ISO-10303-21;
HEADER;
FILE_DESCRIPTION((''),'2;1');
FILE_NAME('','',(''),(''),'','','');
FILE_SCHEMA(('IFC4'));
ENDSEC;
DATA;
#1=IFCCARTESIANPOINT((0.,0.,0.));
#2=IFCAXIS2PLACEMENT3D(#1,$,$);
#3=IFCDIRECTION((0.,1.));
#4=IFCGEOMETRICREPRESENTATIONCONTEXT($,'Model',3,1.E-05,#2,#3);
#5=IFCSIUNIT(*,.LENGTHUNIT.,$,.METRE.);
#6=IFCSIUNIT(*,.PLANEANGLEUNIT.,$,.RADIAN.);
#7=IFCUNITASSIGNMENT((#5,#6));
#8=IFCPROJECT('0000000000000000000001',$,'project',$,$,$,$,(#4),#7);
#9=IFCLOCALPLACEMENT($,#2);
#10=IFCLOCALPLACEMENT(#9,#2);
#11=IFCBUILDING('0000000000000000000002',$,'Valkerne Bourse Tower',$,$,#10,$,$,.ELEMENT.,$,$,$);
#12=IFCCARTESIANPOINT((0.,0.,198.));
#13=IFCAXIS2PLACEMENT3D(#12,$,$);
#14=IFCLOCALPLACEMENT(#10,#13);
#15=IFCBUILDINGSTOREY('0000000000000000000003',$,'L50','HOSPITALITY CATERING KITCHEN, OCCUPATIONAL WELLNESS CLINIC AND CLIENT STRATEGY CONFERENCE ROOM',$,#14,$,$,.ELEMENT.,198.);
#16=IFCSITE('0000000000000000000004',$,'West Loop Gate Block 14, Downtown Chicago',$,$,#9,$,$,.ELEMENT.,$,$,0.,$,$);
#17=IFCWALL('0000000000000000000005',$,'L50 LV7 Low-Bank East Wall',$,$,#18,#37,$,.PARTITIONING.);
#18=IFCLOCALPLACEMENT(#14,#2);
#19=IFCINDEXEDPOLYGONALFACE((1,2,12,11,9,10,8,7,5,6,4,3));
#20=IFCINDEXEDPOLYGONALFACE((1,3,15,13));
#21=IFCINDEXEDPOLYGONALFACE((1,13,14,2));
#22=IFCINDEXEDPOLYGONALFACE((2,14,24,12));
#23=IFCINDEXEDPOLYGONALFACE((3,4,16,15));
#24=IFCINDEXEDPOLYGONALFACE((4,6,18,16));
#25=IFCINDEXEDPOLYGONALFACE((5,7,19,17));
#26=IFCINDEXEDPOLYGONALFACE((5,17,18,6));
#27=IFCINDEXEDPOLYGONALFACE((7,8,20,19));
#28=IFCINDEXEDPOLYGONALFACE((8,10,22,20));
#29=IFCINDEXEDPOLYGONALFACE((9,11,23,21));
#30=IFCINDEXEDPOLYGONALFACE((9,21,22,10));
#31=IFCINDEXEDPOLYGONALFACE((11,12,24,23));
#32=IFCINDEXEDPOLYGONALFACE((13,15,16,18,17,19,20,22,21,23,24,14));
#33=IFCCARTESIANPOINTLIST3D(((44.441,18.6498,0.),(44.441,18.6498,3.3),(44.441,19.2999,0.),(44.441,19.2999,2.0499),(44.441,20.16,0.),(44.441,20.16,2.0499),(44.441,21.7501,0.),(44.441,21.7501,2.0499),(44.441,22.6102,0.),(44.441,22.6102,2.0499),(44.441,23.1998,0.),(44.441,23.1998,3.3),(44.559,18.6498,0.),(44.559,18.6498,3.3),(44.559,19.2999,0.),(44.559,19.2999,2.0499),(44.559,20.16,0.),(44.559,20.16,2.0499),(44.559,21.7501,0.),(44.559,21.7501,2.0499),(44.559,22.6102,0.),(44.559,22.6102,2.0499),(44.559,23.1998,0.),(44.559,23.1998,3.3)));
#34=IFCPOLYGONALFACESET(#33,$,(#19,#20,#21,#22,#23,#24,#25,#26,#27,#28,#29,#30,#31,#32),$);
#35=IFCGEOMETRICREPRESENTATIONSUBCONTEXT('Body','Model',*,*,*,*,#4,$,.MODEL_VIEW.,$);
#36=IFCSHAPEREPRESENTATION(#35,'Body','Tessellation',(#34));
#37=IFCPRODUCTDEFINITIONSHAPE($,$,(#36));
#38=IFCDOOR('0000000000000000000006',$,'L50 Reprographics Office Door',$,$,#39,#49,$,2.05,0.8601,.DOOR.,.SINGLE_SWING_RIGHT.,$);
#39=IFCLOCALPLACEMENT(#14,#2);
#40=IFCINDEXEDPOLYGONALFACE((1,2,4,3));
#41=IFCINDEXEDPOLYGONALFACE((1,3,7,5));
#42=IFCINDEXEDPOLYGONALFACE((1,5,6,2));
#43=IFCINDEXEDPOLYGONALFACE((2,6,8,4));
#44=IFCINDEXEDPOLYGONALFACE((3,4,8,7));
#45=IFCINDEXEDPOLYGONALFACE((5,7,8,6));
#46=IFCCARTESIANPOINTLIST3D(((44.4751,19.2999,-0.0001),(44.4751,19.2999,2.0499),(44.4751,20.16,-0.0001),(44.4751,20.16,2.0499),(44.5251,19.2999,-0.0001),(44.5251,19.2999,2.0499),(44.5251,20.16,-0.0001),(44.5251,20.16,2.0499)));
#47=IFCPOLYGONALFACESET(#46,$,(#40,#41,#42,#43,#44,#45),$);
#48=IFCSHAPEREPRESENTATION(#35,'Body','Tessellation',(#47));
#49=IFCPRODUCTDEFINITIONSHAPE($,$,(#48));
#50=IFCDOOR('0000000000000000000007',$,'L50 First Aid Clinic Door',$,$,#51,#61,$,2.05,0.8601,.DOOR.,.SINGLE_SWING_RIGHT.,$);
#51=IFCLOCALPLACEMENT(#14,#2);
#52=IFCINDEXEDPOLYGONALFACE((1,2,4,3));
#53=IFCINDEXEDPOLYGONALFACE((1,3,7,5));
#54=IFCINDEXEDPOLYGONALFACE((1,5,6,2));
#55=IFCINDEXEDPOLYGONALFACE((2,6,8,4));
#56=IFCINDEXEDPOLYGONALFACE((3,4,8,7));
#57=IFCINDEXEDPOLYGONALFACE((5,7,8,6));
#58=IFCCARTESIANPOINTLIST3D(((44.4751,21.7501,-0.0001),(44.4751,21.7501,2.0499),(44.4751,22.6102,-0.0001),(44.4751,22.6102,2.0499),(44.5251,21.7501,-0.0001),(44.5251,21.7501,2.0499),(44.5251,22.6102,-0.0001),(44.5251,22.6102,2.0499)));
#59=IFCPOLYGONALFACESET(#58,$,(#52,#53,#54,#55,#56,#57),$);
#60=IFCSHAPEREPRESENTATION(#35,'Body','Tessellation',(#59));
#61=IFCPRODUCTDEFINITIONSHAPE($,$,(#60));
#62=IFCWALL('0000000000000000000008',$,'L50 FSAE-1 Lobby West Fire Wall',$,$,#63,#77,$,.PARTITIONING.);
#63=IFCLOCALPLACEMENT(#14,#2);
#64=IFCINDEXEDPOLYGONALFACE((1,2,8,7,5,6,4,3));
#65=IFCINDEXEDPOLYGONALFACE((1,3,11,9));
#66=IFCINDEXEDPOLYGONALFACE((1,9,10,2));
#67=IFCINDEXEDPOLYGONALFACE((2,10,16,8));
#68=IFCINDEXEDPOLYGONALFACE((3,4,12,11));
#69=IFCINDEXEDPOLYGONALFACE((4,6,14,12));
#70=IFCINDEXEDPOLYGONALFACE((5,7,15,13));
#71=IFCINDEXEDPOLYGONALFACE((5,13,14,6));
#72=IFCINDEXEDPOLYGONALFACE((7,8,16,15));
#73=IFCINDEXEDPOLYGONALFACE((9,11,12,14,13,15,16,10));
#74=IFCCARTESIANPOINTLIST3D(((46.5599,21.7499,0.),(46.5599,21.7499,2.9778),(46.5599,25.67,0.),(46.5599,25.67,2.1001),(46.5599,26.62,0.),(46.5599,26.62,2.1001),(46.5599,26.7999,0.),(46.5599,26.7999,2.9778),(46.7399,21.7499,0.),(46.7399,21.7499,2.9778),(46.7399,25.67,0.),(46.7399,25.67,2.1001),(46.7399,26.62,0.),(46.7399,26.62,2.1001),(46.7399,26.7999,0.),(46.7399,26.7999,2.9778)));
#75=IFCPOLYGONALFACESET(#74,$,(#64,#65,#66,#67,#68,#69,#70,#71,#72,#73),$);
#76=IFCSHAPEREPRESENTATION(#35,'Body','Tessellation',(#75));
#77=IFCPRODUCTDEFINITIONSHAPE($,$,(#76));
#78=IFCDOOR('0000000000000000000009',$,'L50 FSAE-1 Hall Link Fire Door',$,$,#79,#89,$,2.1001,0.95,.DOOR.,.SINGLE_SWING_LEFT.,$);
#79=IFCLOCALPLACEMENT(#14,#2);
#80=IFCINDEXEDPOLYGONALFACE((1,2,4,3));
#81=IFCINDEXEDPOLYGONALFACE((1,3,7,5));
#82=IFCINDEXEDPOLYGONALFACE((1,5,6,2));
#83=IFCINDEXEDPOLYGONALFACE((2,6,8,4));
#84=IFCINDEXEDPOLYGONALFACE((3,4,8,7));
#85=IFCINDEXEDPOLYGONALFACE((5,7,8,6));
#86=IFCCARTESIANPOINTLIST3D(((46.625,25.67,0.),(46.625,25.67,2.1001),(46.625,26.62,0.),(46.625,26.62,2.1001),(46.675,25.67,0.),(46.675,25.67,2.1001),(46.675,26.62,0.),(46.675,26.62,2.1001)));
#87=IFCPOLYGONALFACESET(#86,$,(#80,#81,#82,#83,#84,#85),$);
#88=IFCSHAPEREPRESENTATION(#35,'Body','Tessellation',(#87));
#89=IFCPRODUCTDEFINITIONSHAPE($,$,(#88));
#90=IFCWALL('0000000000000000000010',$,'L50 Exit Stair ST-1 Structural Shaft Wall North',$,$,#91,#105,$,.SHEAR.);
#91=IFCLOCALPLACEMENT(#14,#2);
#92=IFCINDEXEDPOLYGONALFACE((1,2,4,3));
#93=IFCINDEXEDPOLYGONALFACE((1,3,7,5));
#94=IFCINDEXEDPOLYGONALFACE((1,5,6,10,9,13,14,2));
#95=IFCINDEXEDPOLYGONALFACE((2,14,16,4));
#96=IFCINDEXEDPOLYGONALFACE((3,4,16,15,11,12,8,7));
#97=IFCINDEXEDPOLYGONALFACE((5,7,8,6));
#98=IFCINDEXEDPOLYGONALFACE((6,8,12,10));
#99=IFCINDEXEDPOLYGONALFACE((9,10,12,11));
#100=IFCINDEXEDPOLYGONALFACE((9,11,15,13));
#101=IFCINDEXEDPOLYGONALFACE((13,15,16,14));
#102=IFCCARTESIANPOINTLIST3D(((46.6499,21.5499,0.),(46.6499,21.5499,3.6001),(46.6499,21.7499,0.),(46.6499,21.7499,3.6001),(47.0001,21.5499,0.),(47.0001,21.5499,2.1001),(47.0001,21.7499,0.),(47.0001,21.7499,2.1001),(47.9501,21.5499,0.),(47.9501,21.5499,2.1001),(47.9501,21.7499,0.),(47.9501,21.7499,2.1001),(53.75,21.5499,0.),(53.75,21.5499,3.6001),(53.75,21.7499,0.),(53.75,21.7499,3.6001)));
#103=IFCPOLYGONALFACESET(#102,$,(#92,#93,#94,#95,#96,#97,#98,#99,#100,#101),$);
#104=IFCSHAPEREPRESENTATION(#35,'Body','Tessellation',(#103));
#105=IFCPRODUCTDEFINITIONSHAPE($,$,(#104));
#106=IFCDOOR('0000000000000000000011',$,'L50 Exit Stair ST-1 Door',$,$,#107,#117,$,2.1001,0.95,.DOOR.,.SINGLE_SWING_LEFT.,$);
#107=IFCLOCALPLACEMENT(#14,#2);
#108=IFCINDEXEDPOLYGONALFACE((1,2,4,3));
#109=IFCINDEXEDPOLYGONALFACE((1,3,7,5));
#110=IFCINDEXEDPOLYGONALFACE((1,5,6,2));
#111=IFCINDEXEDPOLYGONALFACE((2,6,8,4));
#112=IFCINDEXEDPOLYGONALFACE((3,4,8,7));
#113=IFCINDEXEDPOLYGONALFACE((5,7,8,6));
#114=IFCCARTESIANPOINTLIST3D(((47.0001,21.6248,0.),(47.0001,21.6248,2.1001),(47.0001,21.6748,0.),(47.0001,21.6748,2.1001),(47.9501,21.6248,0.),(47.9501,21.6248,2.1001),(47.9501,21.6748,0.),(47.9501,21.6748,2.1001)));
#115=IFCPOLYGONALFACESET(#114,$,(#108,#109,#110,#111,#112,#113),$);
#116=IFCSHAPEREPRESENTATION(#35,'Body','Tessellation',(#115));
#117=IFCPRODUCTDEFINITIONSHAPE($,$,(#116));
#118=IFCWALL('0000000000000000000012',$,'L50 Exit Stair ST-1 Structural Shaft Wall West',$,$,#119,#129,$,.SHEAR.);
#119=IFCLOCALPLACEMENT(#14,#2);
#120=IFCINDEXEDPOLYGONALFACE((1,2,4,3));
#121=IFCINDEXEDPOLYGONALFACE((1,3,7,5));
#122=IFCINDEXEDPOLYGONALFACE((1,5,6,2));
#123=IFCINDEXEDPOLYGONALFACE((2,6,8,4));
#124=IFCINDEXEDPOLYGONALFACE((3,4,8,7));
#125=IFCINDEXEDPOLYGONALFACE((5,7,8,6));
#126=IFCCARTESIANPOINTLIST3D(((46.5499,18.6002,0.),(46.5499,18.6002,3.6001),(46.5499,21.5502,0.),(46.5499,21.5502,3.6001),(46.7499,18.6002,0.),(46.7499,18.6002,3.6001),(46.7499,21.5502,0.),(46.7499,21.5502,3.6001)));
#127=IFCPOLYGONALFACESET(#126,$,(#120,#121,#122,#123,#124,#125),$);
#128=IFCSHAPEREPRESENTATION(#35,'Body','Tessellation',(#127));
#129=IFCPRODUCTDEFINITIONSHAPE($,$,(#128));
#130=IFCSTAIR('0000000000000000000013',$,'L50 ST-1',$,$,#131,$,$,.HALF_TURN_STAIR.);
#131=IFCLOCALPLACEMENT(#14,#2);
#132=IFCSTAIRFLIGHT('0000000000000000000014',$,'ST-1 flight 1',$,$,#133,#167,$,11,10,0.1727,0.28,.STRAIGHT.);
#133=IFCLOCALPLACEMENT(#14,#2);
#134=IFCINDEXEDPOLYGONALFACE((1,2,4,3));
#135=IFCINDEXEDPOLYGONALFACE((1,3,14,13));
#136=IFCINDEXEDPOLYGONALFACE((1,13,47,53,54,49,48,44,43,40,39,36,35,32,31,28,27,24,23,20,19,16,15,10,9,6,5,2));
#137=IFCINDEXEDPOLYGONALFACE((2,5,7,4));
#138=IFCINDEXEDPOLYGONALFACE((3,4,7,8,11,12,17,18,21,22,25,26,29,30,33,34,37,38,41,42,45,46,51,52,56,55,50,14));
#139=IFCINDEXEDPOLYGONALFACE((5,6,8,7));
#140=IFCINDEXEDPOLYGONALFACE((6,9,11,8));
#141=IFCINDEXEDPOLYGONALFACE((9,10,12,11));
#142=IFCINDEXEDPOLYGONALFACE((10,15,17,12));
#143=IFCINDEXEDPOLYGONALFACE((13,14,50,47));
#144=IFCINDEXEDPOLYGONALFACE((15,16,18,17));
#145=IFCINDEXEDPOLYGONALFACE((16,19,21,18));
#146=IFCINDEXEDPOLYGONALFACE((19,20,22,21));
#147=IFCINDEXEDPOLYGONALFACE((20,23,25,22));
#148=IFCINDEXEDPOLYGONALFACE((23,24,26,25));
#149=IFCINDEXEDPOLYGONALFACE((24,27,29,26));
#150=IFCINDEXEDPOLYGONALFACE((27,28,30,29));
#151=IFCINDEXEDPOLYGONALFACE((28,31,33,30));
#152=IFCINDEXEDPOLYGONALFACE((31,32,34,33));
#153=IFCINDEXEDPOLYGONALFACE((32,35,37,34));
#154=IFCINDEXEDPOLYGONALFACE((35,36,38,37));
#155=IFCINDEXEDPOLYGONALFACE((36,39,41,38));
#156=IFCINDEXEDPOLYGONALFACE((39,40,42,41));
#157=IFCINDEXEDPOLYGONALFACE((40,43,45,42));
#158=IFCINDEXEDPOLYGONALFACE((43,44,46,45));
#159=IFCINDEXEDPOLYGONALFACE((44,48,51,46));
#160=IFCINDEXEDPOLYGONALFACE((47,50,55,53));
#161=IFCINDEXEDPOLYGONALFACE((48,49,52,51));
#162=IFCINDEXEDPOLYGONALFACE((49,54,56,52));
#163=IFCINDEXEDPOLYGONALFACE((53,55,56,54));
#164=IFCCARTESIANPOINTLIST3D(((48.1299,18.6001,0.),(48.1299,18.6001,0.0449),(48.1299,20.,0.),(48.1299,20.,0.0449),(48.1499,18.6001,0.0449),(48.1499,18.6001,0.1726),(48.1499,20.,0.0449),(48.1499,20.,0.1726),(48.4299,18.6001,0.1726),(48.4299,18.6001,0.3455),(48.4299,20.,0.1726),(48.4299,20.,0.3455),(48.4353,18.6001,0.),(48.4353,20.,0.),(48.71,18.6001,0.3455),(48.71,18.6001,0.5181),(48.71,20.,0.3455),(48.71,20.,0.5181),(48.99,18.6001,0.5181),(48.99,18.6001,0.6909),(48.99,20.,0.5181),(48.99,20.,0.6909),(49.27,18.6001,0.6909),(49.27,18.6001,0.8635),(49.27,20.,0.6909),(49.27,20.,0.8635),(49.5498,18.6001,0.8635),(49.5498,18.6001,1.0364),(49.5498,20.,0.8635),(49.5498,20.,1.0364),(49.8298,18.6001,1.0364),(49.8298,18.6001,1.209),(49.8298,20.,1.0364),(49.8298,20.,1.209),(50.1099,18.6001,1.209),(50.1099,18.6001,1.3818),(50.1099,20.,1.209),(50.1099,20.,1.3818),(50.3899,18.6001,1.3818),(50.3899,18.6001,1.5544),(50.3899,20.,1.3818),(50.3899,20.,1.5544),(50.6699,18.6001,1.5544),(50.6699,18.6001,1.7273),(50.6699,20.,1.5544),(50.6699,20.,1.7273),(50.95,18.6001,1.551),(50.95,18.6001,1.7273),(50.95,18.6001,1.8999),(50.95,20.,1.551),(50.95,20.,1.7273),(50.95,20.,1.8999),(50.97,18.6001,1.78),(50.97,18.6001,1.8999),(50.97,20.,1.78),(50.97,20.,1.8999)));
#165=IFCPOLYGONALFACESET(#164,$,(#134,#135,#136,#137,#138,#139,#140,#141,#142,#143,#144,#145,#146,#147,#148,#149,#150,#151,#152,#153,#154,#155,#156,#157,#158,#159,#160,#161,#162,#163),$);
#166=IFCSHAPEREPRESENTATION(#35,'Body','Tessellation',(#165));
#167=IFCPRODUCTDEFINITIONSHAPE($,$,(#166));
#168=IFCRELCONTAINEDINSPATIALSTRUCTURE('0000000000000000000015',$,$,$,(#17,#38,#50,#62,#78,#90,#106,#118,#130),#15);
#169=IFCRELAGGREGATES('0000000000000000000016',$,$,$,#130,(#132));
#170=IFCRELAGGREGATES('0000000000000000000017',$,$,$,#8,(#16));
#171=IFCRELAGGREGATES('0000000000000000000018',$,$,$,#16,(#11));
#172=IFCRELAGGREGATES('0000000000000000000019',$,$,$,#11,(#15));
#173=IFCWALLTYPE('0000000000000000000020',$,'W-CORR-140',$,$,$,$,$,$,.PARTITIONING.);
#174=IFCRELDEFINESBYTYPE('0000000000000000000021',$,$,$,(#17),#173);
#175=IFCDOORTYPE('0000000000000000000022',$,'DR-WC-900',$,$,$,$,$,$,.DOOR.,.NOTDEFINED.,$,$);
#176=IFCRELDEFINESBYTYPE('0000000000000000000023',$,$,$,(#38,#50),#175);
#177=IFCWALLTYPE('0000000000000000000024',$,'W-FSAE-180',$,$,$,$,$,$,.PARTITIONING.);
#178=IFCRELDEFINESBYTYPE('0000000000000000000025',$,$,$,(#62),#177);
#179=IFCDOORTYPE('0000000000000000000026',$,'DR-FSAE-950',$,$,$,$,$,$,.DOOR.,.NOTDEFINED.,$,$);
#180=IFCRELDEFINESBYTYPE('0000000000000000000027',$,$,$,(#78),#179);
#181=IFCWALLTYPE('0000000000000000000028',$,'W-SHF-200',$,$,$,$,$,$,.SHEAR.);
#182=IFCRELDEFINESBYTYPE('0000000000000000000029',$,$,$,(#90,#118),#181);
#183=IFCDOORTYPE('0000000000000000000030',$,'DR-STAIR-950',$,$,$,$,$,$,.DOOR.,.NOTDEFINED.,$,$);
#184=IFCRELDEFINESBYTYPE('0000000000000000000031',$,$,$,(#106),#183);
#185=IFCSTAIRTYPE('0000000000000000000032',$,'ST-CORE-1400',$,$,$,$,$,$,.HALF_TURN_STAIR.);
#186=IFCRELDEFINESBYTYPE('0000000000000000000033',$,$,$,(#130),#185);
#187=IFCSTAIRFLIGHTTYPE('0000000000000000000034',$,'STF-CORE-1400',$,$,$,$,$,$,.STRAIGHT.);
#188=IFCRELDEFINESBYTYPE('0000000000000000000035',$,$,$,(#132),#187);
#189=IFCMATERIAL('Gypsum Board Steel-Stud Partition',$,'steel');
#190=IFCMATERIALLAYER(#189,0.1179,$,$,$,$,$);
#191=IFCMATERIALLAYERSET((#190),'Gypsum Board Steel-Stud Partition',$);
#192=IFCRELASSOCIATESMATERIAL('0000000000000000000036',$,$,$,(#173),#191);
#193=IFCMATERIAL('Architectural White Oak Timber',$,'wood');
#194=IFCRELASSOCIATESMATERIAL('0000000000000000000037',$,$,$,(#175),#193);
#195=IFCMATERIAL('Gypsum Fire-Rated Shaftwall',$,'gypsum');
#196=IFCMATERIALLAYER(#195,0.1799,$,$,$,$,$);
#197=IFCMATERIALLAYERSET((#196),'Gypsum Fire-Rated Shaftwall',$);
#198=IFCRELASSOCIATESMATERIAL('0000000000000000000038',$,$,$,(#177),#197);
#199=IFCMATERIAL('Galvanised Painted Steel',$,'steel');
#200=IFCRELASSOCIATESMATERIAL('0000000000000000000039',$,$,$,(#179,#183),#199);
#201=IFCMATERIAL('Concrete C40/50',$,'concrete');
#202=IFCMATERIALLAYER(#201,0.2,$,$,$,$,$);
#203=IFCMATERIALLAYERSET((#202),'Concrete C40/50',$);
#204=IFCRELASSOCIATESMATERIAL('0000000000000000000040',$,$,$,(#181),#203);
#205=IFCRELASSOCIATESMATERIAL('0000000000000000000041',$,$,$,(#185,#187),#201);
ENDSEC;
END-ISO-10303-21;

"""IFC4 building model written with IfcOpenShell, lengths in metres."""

from ifc_helpers import new_model, si_unit, direction, frame, frame_2d, origin, place, context, subcontext, project, spatial, polyline, rectangle, outline, extrude, material, layer, layer_set, type_object, element, fill, aggregate, save


model = new_model("IFC4")

# Units and contexts
model_context = context("Model", 3, precision=1e-05, world=origin(), true_north=direction((0.0, 1.0)))
body_context = subcontext(model_context, "Body", "Model", "MODEL_VIEW")
ifc_project = project(units=[si_unit("LENGTHUNIT", "METRE"), si_unit("PLANEANGLEUNIT", "RADIAN")], contexts=[model_context])

# Site, building, storey
site_placement = place(None, origin())
site = spatial("IfcSite", under=ifc_project, at=site_placement, Name="West Loop Gate Block 14, Downtown Chicago", CompositionType="ELEMENT", RefElevation=0.0)
building_placement = place(site_placement, origin())
building = spatial("IfcBuilding", under=site, at=building_placement, Name="Valkerne Bourse Tower", CompositionType="ELEMENT")
storey_placement = place(building_placement, frame((0.0, 0.0, 198.0)))
storey = spatial("IfcBuildingStorey", under=building, at=storey_placement, Name="L50", Description="HOSPITALITY CATERING KITCHEN, OCCUPATIONAL WELLNESS CLINIC AND CLIENT STRATEGY CONFERENCE ROOM", CompositionType="ELEMENT", Elevation=198.0)

# Wall, openings, doors
ifc_material_1 = material(Name="Gypsum Board Steel-Stud Partition", Category="steel")
ifc_layer_1 = layer(ifc_material_1, 0.1179)
ifc_layer_set_1 = layer_set([ifc_layer_1], Name="Gypsum Board Steel-Stud Partition")
wall_type_1 = type_object("IfcWallType", Name="W-CORR-140", PredefinedType="PARTITIONING", material=ifc_layer_set_1)
wall_1_placement = place(storey_placement, frame((44.5, 18.6499, 0.0), z_axis=(0.0, 0.0, 1.0), x_axis=(0.0, 1.0, 0.0)))
wall_1 = element("IfcWall", 1, at=wall_1_placement, inside=storey, type_object=wall_type_1, Name="L50 LV7 Low-Bank East Wall", PredefinedType="PARTITIONING", context=body_context, shape_type="SweptSolid", body=[
    extrude(rectangle(XDim=4.55, YDim=0.1179, at=frame_2d((2.2749, 0.0))), origin(), (0.0, 0.0, 1.0), 3.3),
])
opening_1_placement = place(wall_1_placement, frame((0.6499, 0.0, 0.0)))
opening_1 = element("IfcOpeningElement", 2, at=opening_1_placement, cuts=wall_1, PredefinedType="OPENING", context=body_context, shape_type="SweptSolid", body=[
    extrude(rectangle(XDim=0.8601, YDim=2.05, at=frame_2d((0.4302, 1.0249))), frame((0.0, 0.0688, 0.0), z_axis=(0.0, -1.0, 0.0), x_axis=(1.0, 0.0, 0.0)), (0.0, 0.0, 1.0), 0.1379),
])
opening_2_placement = place(wall_1_placement, frame((3.1001, 0.0, 0.0)))
opening_2 = element("IfcOpeningElement", 3, at=opening_2_placement, cuts=wall_1, PredefinedType="OPENING", context=body_context, shape_type="SweptSolid", body=[
    extrude(rectangle(XDim=0.8601, YDim=2.05, at=frame_2d((0.4302, 1.0249))), frame((0.0, 0.0688, 0.0), z_axis=(0.0, -1.0, 0.0), x_axis=(1.0, 0.0, 0.0)), (0.0, 0.0, 1.0), 0.1379),
])
ifc_material_2 = material(Name="Architectural White Oak Timber", Category="wood")
door_type_1 = type_object("IfcDoorType", Name="DR-WC-900", OperationType="NOTDEFINED", PredefinedType="DOOR", material=ifc_material_2)
door_1_placement = place(opening_1_placement, origin())
door_1 = element("IfcDoor", 4, at=door_1_placement, inside=storey, type_object=door_type_1, Name="L50 Reprographics Office Door", OperationType="SINGLE_SWING_RIGHT", OverallHeight=2.05, OverallWidth=0.8601, PredefinedType="DOOR", context=body_context, shape_type="SweptSolid", body=[
    extrude(rectangle(XDim=0.8601, YDim=2.05, at=frame_2d((0.4302, 1.0249))), frame((0.0, 0.0249, 0.0), z_axis=(0.0, -1.0, 0.0), x_axis=(1.0, 0.0, 0.0)), (0.0, 0.0, 1.0), 0.05),
])
fill(opening_1, door_1)
door_2_placement = place(opening_2_placement, origin())
door_2 = element("IfcDoor", 5, at=door_2_placement, inside=storey, type_object=door_type_1, Name="L50 First Aid Clinic Door", OperationType="SINGLE_SWING_RIGHT", OverallHeight=2.05, OverallWidth=0.8601, PredefinedType="DOOR", context=body_context, shape_type="SweptSolid", body=[
    extrude(rectangle(XDim=0.8601, YDim=2.05, at=frame_2d((0.4302, 1.0249))), frame((0.0, 0.0249, 0.0), z_axis=(0.0, -1.0, 0.0), x_axis=(1.0, 0.0, 0.0)), (0.0, 0.0, 1.0), 0.05),
])
fill(opening_2, door_2)

# Wall, opening, door
ifc_material_3 = material(Name="Gypsum Fire-Rated Shaftwall", Category="gypsum")
ifc_layer_2 = layer(ifc_material_3, 0.1799)
ifc_layer_set_2 = layer_set([ifc_layer_2], Name="Gypsum Fire-Rated Shaftwall")
wall_type_2 = type_object("IfcWallType", Name="W-FSAE-180", PredefinedType="PARTITIONING", material=ifc_layer_set_2)
wall_2_placement = place(storey_placement, frame((46.6499, 21.75, 0.0), z_axis=(0.0, 0.0, 1.0), x_axis=(0.0, 1.0, 0.0)))
wall_2 = element("IfcWall", 6, at=wall_2_placement, inside=storey, type_object=wall_type_2, Name="L50 FSAE-1 Lobby West Fire Wall", PredefinedType="PARTITIONING", context=body_context, shape_type="SweptSolid", body=[
    extrude(rectangle(XDim=5.05, YDim=0.1799, at=frame_2d((2.5249, 0.0))), origin(), (0.0, 0.0, 1.0), 2.9778),
])
opening_3_placement = place(wall_2_placement, frame((3.9199, 0.0, 0.0)))
opening_3 = element("IfcOpeningElement", 7, at=opening_3_placement, cuts=wall_2, PredefinedType="OPENING", context=body_context, shape_type="SweptSolid", body=[
    extrude(rectangle(XDim=0.95, YDim=2.1001, at=frame_2d((0.4751, 1.05))), frame((0.0, 0.0999, 0.0), z_axis=(0.0, -1.0, 0.0), x_axis=(1.0, 0.0, 0.0)), (0.0, 0.0, 1.0), 0.2),
])
ifc_material_4 = material(Name="Galvanised Painted Steel", Category="steel")
door_type_2 = type_object("IfcDoorType", Name="DR-FSAE-950", OperationType="NOTDEFINED", PredefinedType="DOOR", material=ifc_material_4)
door_3_placement = place(opening_3_placement, origin())
door_3 = element("IfcDoor", 8, at=door_3_placement, inside=storey, type_object=door_type_2, Name="L50 FSAE-1 Hall Link Fire Door", OperationType="SINGLE_SWING_LEFT", OverallHeight=2.1001, OverallWidth=0.95, PredefinedType="DOOR", context=body_context, shape_type="SweptSolid", body=[
    extrude(rectangle(XDim=0.95, YDim=2.1001, at=frame_2d((0.4751, 1.05))), frame((0.0, 0.0249, 0.0), z_axis=(0.0, -1.0, 0.0), x_axis=(1.0, 0.0, 0.0)), (0.0, 0.0, 1.0), 0.05),
])
fill(opening_3, door_3)

# Wall, opening, door
ifc_material_5 = material(Name="Concrete C40/50", Category="concrete")
ifc_layer_3 = layer(ifc_material_5, 0.2)
ifc_layer_set_3 = layer_set([ifc_layer_3], Name="Concrete C40/50")
wall_type_3 = type_object("IfcWallType", Name="W-SHF-200", PredefinedType="SHEAR", material=ifc_layer_set_3)
wall_3_placement = place(storey_placement, frame((46.6499, 21.6499, 0.0), z_axis=(0.0, 0.0, 1.0), x_axis=(1.0, 0.0, 0.0)))
wall_3 = element("IfcWall", 9, at=wall_3_placement, inside=storey, type_object=wall_type_3, Name="L50 Exit Stair ST-1 Structural Shaft Wall North", PredefinedType="SHEAR", context=body_context, shape_type="SweptSolid", body=[
    extrude(rectangle(XDim=7.1001, YDim=0.2, at=frame_2d((3.55, 0.0))), origin(), (0.0, 0.0, 1.0), 3.6001),
])
opening_4_placement = place(wall_3_placement, frame((0.3501, 0.0, 0.0)))
opening_4 = element("IfcOpeningElement", 10, at=opening_4_placement, cuts=wall_3, PredefinedType="OPENING", context=body_context, shape_type="SweptSolid", body=[
    extrude(rectangle(XDim=0.95, YDim=2.1001, at=frame_2d((0.4751, 1.05))), frame((0.0, 0.1099, 0.0), z_axis=(0.0, -1.0, 0.0), x_axis=(1.0, 0.0, 0.0)), (0.0, 0.0, 1.0), 0.22),
])
door_type_3 = type_object("IfcDoorType", Name="DR-STAIR-950", OperationType="NOTDEFINED", PredefinedType="DOOR", material=ifc_material_4)
door_4_placement = place(opening_4_placement, origin())
door_4 = element("IfcDoor", 11, at=door_4_placement, inside=storey, type_object=door_type_3, Name="L50 Exit Stair ST-1 Door", OperationType="SINGLE_SWING_LEFT", OverallHeight=2.1001, OverallWidth=0.95, PredefinedType="DOOR", context=body_context, shape_type="SweptSolid", body=[
    extrude(rectangle(XDim=0.95, YDim=2.1001, at=frame_2d((0.4751, 1.05))), frame((0.0, 0.0249, 0.0), z_axis=(0.0, -1.0, 0.0), x_axis=(1.0, 0.0, 0.0)), (0.0, 0.0, 1.0), 0.05),
])
fill(opening_4, door_4)

# Wall
wall_4_placement = place(storey_placement, frame((46.6499, 18.6001, 0.0), z_axis=(0.0, 0.0, 1.0), x_axis=(0.0, 1.0, 0.0)))
element("IfcWall", 12, at=wall_4_placement, inside=storey, type_object=wall_type_3, Name="L50 Exit Stair ST-1 Structural Shaft Wall West", PredefinedType="SHEAR", context=body_context, shape_type="SweptSolid", body=[
    extrude(rectangle(XDim=2.95, YDim=0.2, at=frame_2d((1.4751, 0.0))), origin(), (0.0, 0.0, 1.0), 3.6001),
])

# Stair, stair flight
stair_type = type_object("IfcStairType", Name="ST-CORE-1400", PredefinedType="HALF_TURN_STAIR", material=ifc_material_5)
stair_placement = place(storey_placement, origin())
stair = element("IfcStair", 13, at=stair_placement, inside=storey, type_object=stair_type, Name="L50 ST-1", PredefinedType="HALF_TURN_STAIR")
stair_flight_type = type_object("IfcStairFlightType", Name="STF-CORE-1400", PredefinedType="STRAIGHT", material=ifc_material_5)
stair_flight_1_placement = place(storey_placement, frame((48.1499, 19.3, 0.0), z_axis=(0.0, 0.0, 1.0), x_axis=(1.0, 0.0, 0.0)))
stair_flight_1 = element("IfcStairFlight", 14, at=stair_flight_1_placement, type_object=stair_flight_type, Name="ST-1 flight 1", NumberOfRisers=11, NumberOfTreads=10, PredefinedType="STRAIGHT", RiserHeight=0.1727, TreadLength=0.28, context=body_context, shape_type="SweptSolid", body=[
    extrude(outline(polyline([(-0.02, 0.0), (-0.02, 0.0449), (0.0, 0.0449), (0.0, 0.1726), (0.28, 0.1726), (0.28, 0.3455), (0.5601, 0.3455), (0.5601, 0.5181), (0.8401, 0.5181), (0.8401, 0.6909), (1.1201, 0.6909), (1.1201, 0.8635), (1.3999, 0.8635), (1.3999, 1.0364), (1.6799, 1.0364), (1.6799, 1.209), (1.96, 1.209), (1.96, 1.3818), (2.24, 1.3818), (2.24, 1.5544), (2.52, 1.5544), (2.52, 1.7273), (2.8, 1.7273), (2.8, 1.8999), (2.8201, 1.8999), (2.8201, 1.78), (2.8, 1.551), (0.2854, 0.0), (-0.02, 0.0)])), frame((0.0, 0.7, 0.0), z_axis=(0.0, -1.0, 0.0), x_axis=(1.0, 0.0, 0.0)), (0.0, 0.0, 1.0), 1.3999),
])
aggregate(stair, [stair_flight_1])

save(model, "model.ifc")
